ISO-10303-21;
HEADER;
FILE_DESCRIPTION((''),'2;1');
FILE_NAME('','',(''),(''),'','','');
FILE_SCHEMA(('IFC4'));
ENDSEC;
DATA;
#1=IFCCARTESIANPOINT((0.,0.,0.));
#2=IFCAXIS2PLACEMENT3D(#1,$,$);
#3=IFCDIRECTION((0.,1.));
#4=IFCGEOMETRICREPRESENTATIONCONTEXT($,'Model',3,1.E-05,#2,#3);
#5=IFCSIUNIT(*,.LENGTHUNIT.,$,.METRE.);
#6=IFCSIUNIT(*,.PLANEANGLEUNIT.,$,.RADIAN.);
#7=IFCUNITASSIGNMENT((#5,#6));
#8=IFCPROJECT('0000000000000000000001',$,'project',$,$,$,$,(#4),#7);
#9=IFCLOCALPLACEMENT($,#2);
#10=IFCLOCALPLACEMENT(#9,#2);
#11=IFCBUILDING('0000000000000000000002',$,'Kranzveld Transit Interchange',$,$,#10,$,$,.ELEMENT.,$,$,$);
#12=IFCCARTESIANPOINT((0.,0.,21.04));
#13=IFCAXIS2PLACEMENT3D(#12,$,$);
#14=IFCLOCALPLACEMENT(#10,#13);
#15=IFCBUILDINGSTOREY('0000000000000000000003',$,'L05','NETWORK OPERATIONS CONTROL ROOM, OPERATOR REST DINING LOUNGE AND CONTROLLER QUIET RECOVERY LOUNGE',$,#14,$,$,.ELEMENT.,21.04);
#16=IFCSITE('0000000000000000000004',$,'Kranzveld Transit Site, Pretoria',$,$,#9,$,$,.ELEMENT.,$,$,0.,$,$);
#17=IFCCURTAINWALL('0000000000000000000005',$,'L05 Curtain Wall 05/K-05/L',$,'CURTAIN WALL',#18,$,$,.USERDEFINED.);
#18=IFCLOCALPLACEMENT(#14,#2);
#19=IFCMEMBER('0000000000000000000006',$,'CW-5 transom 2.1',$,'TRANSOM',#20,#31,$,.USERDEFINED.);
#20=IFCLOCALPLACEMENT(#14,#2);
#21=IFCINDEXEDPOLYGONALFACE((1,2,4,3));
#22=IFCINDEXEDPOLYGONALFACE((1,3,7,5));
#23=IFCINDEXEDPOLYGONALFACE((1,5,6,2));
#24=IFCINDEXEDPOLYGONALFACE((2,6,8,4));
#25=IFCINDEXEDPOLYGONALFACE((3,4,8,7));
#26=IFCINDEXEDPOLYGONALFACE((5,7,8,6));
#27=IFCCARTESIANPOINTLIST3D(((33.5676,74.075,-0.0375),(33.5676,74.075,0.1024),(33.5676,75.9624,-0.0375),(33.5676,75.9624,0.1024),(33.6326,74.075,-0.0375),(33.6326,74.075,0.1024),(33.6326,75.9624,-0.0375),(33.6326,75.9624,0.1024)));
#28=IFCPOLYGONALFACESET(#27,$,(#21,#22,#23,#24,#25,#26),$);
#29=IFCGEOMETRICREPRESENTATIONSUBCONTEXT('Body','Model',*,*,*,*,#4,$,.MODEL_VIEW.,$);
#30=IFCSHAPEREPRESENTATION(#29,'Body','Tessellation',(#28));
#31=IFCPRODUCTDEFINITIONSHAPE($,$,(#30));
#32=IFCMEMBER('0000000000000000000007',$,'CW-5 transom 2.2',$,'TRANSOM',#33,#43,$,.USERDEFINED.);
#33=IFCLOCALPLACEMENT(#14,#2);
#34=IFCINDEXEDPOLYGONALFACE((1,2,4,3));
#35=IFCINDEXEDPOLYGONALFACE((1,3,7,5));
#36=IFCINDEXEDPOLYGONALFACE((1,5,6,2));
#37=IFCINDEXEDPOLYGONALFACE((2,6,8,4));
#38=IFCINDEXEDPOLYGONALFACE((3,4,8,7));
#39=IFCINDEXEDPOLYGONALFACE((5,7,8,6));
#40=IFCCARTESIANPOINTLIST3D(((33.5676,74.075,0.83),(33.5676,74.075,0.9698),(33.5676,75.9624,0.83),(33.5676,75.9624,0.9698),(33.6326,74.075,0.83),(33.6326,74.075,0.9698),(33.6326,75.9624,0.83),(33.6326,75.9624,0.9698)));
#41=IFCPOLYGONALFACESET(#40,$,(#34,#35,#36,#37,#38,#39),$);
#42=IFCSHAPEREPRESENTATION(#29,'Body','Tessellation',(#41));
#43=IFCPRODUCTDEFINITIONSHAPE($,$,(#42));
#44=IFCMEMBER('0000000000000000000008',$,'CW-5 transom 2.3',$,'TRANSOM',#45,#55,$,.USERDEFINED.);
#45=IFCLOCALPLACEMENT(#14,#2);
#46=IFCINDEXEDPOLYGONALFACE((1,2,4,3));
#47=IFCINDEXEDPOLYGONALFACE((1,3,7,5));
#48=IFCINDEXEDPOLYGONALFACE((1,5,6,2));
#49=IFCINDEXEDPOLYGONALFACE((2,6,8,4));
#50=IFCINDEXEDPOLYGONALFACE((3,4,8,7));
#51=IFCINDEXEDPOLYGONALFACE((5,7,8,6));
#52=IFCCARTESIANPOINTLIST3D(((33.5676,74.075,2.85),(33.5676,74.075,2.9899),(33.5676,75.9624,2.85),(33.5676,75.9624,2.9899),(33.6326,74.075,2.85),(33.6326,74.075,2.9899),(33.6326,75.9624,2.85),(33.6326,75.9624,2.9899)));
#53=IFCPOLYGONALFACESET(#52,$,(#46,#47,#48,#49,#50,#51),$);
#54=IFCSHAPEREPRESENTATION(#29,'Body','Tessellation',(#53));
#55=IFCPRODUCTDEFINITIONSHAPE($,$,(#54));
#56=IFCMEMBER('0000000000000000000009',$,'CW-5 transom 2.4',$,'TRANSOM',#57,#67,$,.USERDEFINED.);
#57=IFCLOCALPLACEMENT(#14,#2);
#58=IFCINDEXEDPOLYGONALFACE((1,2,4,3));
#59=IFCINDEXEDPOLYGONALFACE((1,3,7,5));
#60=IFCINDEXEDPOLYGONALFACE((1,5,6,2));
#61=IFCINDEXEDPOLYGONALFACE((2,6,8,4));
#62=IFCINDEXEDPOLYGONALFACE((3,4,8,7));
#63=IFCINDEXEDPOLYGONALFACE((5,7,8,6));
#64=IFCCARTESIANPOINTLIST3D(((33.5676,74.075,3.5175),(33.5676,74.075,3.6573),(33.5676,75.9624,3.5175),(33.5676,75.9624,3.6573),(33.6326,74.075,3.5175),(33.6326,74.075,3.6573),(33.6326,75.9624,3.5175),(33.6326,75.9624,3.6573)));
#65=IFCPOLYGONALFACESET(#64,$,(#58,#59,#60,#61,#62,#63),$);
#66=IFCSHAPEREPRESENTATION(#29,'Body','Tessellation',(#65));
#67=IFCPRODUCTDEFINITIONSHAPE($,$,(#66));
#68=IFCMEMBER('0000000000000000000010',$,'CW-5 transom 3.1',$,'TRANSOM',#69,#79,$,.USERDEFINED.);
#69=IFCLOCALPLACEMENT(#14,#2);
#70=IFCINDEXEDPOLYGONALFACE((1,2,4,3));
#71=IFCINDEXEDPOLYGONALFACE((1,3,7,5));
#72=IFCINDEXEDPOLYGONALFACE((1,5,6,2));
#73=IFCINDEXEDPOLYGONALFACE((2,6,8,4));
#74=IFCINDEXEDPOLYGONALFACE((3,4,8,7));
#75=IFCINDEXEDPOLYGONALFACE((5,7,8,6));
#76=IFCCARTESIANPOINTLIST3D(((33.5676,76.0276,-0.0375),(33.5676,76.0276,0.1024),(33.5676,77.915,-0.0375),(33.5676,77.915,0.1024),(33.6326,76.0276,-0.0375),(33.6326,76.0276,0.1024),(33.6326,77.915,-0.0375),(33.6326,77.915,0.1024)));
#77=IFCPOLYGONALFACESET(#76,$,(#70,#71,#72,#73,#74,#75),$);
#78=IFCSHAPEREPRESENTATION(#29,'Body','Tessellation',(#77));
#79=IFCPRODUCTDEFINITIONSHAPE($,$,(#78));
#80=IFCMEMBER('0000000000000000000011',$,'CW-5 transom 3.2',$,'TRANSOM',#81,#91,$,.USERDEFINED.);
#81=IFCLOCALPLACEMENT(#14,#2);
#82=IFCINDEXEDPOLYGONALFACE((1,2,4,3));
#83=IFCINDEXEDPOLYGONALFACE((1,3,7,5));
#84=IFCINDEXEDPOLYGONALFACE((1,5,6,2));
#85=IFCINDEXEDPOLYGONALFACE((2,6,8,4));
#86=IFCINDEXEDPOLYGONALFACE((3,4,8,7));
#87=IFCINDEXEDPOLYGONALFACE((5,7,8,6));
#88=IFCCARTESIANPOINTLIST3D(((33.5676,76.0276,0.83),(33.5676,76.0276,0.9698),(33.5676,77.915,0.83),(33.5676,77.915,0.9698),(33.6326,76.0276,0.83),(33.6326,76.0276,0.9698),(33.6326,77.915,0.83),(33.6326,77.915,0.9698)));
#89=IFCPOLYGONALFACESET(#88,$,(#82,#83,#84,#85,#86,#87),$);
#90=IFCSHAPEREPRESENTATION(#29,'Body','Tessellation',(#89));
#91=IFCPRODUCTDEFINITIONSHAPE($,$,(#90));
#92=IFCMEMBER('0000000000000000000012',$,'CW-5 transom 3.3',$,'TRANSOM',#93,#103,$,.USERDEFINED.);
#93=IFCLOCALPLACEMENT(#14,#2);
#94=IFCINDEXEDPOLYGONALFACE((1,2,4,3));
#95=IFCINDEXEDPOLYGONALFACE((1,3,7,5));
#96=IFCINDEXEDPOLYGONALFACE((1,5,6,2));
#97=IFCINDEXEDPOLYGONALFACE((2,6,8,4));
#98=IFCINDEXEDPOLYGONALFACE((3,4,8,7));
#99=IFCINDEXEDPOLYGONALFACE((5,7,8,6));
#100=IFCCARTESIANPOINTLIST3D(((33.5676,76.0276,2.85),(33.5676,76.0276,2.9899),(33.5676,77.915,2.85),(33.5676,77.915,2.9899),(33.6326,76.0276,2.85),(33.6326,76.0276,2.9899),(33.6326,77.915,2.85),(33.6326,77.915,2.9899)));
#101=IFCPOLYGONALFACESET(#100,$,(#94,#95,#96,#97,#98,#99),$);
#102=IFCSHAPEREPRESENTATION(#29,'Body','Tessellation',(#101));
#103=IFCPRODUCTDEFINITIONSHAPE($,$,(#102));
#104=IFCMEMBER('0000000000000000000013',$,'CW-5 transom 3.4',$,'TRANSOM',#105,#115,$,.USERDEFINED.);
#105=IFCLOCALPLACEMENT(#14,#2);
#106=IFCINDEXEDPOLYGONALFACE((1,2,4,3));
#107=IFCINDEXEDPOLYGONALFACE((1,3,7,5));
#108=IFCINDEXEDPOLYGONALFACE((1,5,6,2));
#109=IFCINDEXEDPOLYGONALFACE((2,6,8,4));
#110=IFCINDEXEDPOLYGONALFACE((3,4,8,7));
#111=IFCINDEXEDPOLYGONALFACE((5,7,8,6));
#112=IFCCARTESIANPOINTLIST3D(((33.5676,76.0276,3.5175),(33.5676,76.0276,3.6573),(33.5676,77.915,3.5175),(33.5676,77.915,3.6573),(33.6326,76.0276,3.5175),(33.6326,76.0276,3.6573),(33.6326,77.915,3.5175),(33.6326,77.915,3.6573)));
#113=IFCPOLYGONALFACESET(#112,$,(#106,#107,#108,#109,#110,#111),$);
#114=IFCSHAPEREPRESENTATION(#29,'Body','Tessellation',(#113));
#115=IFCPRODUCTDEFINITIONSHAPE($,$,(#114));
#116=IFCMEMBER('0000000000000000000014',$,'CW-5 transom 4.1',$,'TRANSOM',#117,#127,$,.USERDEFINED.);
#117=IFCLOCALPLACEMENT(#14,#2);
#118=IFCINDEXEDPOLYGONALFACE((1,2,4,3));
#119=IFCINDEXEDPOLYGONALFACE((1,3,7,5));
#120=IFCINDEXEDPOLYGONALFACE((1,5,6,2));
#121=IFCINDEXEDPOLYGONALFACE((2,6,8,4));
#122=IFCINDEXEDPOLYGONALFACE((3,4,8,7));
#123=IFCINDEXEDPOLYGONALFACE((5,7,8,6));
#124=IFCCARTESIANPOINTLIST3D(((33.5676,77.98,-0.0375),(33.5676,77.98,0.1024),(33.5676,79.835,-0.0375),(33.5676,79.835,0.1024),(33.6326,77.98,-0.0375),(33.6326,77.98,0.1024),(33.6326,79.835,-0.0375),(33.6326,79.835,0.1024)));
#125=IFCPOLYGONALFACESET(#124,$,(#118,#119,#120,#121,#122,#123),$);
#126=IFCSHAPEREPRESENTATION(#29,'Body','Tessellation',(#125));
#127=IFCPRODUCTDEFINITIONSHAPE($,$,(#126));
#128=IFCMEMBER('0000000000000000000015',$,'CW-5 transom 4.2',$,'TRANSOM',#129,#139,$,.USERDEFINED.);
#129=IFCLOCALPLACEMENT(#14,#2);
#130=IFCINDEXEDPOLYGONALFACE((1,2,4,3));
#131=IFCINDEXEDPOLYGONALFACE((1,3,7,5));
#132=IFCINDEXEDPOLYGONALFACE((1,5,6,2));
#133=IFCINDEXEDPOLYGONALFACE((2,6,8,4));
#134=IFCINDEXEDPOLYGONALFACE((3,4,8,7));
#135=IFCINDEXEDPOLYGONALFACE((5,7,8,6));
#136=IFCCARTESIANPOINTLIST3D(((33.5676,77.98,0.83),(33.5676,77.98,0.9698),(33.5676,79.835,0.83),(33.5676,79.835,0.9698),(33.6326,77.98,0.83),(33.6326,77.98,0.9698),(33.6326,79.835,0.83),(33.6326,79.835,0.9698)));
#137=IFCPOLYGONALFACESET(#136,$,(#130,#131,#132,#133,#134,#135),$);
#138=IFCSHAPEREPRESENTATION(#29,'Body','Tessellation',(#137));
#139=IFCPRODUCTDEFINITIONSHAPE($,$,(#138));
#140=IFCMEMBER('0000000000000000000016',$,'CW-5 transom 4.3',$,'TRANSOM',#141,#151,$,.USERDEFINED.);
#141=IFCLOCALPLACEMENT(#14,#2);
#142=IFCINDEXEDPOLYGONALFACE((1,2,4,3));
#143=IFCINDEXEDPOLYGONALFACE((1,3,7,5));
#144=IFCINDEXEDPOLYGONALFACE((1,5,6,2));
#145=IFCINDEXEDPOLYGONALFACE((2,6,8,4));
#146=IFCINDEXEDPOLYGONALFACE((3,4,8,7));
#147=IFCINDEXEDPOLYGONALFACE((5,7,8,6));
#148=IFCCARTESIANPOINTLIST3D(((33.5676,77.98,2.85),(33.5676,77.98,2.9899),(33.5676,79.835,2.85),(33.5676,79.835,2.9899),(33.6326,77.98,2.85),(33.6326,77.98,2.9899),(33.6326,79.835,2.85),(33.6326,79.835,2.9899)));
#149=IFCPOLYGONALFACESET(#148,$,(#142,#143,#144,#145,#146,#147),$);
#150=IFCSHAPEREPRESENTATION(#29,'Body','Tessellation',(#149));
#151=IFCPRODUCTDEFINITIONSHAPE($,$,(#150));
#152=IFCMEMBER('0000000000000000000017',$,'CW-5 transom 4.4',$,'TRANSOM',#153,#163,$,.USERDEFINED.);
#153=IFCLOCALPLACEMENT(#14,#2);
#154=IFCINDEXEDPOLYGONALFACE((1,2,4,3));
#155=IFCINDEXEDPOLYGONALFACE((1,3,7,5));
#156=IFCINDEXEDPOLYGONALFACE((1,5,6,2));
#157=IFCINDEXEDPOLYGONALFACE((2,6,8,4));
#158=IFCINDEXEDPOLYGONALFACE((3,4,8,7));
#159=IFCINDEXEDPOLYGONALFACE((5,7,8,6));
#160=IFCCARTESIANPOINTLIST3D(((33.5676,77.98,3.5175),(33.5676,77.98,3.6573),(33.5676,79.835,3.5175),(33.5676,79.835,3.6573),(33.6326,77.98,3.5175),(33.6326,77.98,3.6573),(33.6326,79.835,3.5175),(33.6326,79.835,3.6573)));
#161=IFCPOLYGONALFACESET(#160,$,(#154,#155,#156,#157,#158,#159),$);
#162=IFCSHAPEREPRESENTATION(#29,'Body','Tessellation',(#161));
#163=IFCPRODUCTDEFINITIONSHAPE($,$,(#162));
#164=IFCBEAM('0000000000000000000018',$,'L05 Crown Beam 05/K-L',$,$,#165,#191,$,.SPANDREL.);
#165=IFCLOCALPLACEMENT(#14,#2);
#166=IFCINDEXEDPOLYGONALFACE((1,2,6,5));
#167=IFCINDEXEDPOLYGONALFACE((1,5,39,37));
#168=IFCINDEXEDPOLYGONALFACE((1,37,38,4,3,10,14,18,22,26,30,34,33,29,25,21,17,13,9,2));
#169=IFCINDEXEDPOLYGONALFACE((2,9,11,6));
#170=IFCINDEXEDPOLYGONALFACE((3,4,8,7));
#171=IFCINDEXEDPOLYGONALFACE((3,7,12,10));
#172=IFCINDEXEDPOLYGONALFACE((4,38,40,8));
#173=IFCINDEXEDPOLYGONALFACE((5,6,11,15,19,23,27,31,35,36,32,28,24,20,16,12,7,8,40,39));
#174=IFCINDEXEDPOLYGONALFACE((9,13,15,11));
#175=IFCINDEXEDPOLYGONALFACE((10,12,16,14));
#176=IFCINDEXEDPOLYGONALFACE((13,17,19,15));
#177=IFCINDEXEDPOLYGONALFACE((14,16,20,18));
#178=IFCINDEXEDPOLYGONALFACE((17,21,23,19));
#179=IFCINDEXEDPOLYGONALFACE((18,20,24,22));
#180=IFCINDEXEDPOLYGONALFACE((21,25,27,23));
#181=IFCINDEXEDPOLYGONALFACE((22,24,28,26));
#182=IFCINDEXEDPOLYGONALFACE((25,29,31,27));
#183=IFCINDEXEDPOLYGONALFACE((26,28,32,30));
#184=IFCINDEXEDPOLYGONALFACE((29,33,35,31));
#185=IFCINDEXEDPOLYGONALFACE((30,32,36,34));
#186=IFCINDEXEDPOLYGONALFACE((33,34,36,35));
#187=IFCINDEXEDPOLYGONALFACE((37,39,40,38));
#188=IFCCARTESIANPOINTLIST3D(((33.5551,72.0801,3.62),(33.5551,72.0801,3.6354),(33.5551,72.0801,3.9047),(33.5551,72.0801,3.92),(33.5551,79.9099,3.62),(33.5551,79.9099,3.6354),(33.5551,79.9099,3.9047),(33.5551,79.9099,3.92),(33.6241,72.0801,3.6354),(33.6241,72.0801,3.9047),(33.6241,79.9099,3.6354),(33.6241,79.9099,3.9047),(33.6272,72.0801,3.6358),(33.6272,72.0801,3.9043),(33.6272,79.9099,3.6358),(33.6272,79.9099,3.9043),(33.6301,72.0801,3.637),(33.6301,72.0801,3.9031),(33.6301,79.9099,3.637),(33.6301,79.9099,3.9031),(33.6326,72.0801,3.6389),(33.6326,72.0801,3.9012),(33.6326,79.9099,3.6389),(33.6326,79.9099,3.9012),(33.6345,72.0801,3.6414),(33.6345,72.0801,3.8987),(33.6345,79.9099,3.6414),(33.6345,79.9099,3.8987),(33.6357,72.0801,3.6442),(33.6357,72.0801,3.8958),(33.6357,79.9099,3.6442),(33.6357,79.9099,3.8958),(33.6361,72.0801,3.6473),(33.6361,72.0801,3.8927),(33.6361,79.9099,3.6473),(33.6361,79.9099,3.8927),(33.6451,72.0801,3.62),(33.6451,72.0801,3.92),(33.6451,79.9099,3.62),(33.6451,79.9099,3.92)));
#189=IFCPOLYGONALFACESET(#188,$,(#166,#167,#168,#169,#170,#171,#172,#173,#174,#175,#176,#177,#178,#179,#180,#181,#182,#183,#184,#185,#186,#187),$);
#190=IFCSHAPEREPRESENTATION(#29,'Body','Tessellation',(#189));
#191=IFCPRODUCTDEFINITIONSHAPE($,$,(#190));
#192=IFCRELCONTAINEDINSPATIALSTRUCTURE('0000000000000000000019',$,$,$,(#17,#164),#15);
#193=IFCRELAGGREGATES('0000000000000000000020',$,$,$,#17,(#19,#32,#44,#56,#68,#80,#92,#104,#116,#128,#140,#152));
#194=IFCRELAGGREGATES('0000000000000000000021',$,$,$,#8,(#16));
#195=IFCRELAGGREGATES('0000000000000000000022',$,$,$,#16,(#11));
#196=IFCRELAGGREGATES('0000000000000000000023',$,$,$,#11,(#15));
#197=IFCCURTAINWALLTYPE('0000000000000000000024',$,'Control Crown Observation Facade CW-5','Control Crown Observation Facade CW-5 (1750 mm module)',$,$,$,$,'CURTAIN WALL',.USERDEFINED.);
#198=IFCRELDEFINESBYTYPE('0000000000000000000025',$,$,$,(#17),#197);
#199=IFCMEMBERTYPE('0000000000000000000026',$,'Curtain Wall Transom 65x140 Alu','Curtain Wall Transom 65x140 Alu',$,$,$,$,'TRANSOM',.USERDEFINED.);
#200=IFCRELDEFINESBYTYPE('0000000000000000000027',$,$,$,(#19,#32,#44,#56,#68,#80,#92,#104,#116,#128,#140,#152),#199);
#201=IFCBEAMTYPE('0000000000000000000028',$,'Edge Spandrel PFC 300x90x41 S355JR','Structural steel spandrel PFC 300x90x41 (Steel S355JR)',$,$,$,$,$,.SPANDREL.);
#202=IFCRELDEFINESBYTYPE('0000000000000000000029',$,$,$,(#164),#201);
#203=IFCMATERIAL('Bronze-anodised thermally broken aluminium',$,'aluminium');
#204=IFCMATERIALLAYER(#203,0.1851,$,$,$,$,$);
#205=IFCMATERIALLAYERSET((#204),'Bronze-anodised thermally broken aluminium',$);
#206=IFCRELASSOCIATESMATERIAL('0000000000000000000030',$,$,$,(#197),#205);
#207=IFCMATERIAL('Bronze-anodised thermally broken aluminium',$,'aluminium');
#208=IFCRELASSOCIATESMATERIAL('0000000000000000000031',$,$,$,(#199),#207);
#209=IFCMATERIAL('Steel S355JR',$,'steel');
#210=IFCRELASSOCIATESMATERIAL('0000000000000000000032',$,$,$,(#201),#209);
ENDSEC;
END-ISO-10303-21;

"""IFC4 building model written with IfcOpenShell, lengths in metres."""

from ifc_helpers import new_model, si_unit, direction, frame, origin, origin_2d, place, context, subcontext, project, spatial, rectangle, u_section, extrude, material, layer, layer_set, material_profile, profile_set, type_object, element, aggregate, save


model = new_model("IFC4")

# Units and contexts
model_context = context("Model", 3, precision=1e-05, world=origin(), true_north=direction((0.0, 1.0)))
body_context = subcontext(model_context, "Body", "Model", "MODEL_VIEW")
ifc_project = project(units=[si_unit("LENGTHUNIT", "METRE"), si_unit("PLANEANGLEUNIT", "RADIAN")], contexts=[model_context])

# Site, building, storey
site_placement = place(None, origin())
site = spatial("IfcSite", under=ifc_project, at=site_placement, Name="Kranzveld Transit Site, Pretoria", CompositionType="ELEMENT", RefElevation=0.0)
building_placement = place(site_placement, origin())
building = spatial("IfcBuilding", under=site, at=building_placement, Name="Kranzveld Transit Interchange", CompositionType="ELEMENT")
storey_placement = place(building_placement, frame((0.0, 0.0, 21.04)))
storey = spatial("IfcBuildingStorey", under=building, at=storey_placement, Name="L05", Description="NETWORK OPERATIONS CONTROL ROOM, OPERATOR REST DINING LOUNGE AND CONTROLLER QUIET RECOVERY LOUNGE", CompositionType="ELEMENT", Elevation=21.04)

# Shared definitions
ifc_material_1 = material(Name="Bronze-anodised thermally broken aluminium", Category="aluminium")
ifc_layer_1 = layer(ifc_material_1, 0.1851)
ifc_layer_set_1 = layer_set([ifc_layer_1], Name="Bronze-anodised thermally broken aluminium")
curtain_wall_type = type_object("IfcCurtainWallType", Name="Control Crown Observation Facade CW-5", Description="Control Crown Observation Facade CW-5 (1750 mm module)", ElementType="CURTAIN WALL", PredefinedType="USERDEFINED", material=ifc_layer_set_1)

# Curtain wall, members
curtain_wall_1_placement = place(storey_placement, origin())
curtain_wall_1 = element("IfcCurtainWall", 1, at=curtain_wall_1_placement, inside=storey, type_object=curtain_wall_type, Name="L05 Curtain Wall 05/K-05/L", ObjectType="CURTAIN WALL", PredefinedType="USERDEFINED")
ifc_material_2 = material(Name="Bronze-anodised thermally broken aluminium", Category="aluminium")
ifc_material_profile_1 = material_profile(ifc_material_2, rectangle(XDim=0.0649, YDim=0.1399, at=origin_2d()), Name="ALU TRANSOM 65x140")
ifc_profile_set_1 = profile_set([ifc_material_profile_1], Name="Bronze-anodised thermally broken aluminium")
member_type_1 = type_object("IfcMemberType", Name="Curtain Wall Transom 65x140 Alu", Description="Curtain Wall Transom 65x140 Alu", ElementType="TRANSOM", PredefinedType="USERDEFINED", material=ifc_profile_set_1)
member_1_placement = place(storey_placement, frame((33.6001, 74.075, 0.0325), z_axis=(0.0, 1.0, 0.0), x_axis=(-1.0, 0.0, 0.0)))
member_1 = element("IfcMember", 2, at=member_1_placement, type_object=member_type_1, Name="CW-5 transom 2.1", ObjectType="TRANSOM", PredefinedType="USERDEFINED", context=body_context, shape_type="SweptSolid", body=[
    extrude(rectangle(XDim=0.0649, YDim=0.1399, at=origin_2d()), origin(), (0.0, 0.0, 1.0), 1.8875),
])
member_2_placement = place(storey_placement, frame((33.6001, 74.075, 0.8999), z_axis=(0.0, 1.0, 0.0), x_axis=(-1.0, 0.0, 0.0)))
member_2 = element("IfcMember", 3, at=member_2_placement, type_object=member_type_1, Name="CW-5 transom 2.2", ObjectType="TRANSOM", PredefinedType="USERDEFINED", context=body_context, shape_type="SweptSolid", body=[
    extrude(rectangle(XDim=0.0649, YDim=0.1399, at=origin_2d()), origin(), (0.0, 0.0, 1.0), 1.8875),
])
member_3_placement = place(storey_placement, frame((33.6001, 74.075, 2.9199), z_axis=(0.0, 1.0, 0.0), x_axis=(-1.0, 0.0, 0.0)))
member_3 = element("IfcMember", 4, at=member_3_placement, type_object=member_type_1, Name="CW-5 transom 2.3", ObjectType="TRANSOM", PredefinedType="USERDEFINED", context=body_context, shape_type="SweptSolid", body=[
    extrude(rectangle(XDim=0.0649, YDim=0.1399, at=origin_2d()), origin(), (0.0, 0.0, 1.0), 1.8875),
])
member_4_placement = place(storey_placement, frame((33.6001, 74.075, 3.5874), z_axis=(0.0, 1.0, 0.0), x_axis=(-1.0, 0.0, 0.0)))
member_4 = element("IfcMember", 5, at=member_4_placement, type_object=member_type_1, Name="CW-5 transom 2.4", ObjectType="TRANSOM", PredefinedType="USERDEFINED", context=body_context, shape_type="SweptSolid", body=[
    extrude(rectangle(XDim=0.0649, YDim=0.1399, at=origin_2d()), origin(), (0.0, 0.0, 1.0), 1.8875),
])
member_5_placement = place(storey_placement, frame((33.6001, 76.0276, 0.0325), z_axis=(0.0, 1.0, 0.0), x_axis=(-1.0, 0.0, 0.0)))
member_5 = element("IfcMember", 6, at=member_5_placement, type_object=member_type_1, Name="CW-5 transom 3.1", ObjectType="TRANSOM", PredefinedType="USERDEFINED", context=body_context, shape_type="SweptSolid", body=[
    extrude(rectangle(XDim=0.0649, YDim=0.1399, at=origin_2d()), origin(), (0.0, 0.0, 1.0), 1.8875),
])
member_6_placement = place(storey_placement, frame((33.6001, 76.0276, 0.8999), z_axis=(0.0, 1.0, 0.0), x_axis=(-1.0, 0.0, 0.0)))
member_6 = element("IfcMember", 7, at=member_6_placement, type_object=member_type_1, Name="CW-5 transom 3.2", ObjectType="TRANSOM", PredefinedType="USERDEFINED", context=body_context, shape_type="SweptSolid", body=[
    extrude(rectangle(XDim=0.0649, YDim=0.1399, at=origin_2d()), origin(), (0.0, 0.0, 1.0), 1.8875),
])
member_7_placement = place(storey_placement, frame((33.6001, 76.0276, 2.9199), z_axis=(0.0, 1.0, 0.0), x_axis=(-1.0, 0.0, 0.0)))
member_7 = element("IfcMember", 8, at=member_7_placement, type_object=member_type_1, Name="CW-5 transom 3.3", ObjectType="TRANSOM", PredefinedType="USERDEFINED", context=body_context, shape_type="SweptSolid", body=[
    extrude(rectangle(XDim=0.0649, YDim=0.1399, at=origin_2d()), origin(), (0.0, 0.0, 1.0), 1.8875),
])
member_8_placement = place(storey_placement, frame((33.6001, 76.0276, 3.5874), z_axis=(0.0, 1.0, 0.0), x_axis=(-1.0, 0.0, 0.0)))
member_8 = element("IfcMember", 9, at=member_8_placement, type_object=member_type_1, Name="CW-5 transom 3.4", ObjectType="TRANSOM", PredefinedType="USERDEFINED", context=body_context, shape_type="SweptSolid", body=[
    extrude(rectangle(XDim=0.0649, YDim=0.1399, at=origin_2d()), origin(), (0.0, 0.0, 1.0), 1.8875),
])
member_9_placement = place(storey_placement, frame((33.6001, 77.98, 0.0325), z_axis=(0.0, 1.0, 0.0), x_axis=(-1.0, 0.0, 0.0)))
member_9 = element("IfcMember", 10, at=member_9_placement, type_object=member_type_1, Name="CW-5 transom 4.1", ObjectType="TRANSOM", PredefinedType="USERDEFINED", context=body_context, shape_type="SweptSolid", body=[
    extrude(rectangle(XDim=0.0649, YDim=0.1399, at=origin_2d()), origin(), (0.0, 0.0, 1.0), 1.855),
])
member_10_placement = place(storey_placement, frame((33.6001, 77.98, 0.8999), z_axis=(0.0, 1.0, 0.0), x_axis=(-1.0, 0.0, 0.0)))
member_10 = element("IfcMember", 11, at=member_10_placement, type_object=member_type_1, Name="CW-5 transom 4.2", ObjectType="TRANSOM", PredefinedType="USERDEFINED", context=body_context, shape_type="SweptSolid", body=[
    extrude(rectangle(XDim=0.0649, YDim=0.1399, at=origin_2d()), origin(), (0.0, 0.0, 1.0), 1.855),
])
member_11_placement = place(storey_placement, frame((33.6001, 77.98, 2.9199), z_axis=(0.0, 1.0, 0.0), x_axis=(-1.0, 0.0, 0.0)))
member_11 = element("IfcMember", 12, at=member_11_placement, type_object=member_type_1, Name="CW-5 transom 4.3", ObjectType="TRANSOM", PredefinedType="USERDEFINED", context=body_context, shape_type="SweptSolid", body=[
    extrude(rectangle(XDim=0.0649, YDim=0.1399, at=origin_2d()), origin(), (0.0, 0.0, 1.0), 1.855),
])
member_12_placement = place(storey_placement, frame((33.6001, 77.98, 3.5874), z_axis=(0.0, 1.0, 0.0), x_axis=(-1.0, 0.0, 0.0)))
member_12 = element("IfcMember", 13, at=member_12_placement, type_object=member_type_1, Name="CW-5 transom 4.4", ObjectType="TRANSOM", PredefinedType="USERDEFINED", context=body_context, shape_type="SweptSolid", body=[
    extrude(rectangle(XDim=0.0649, YDim=0.1399, at=origin_2d()), origin(), (0.0, 0.0, 1.0), 1.855),
])

# Beam
ifc_material_3 = material(Name="Steel S355JR", Category="steel")
ifc_material_profile_2 = material_profile(ifc_material_3, u_section(Depth=0.3, FlangeWidth=0.0901, WebThickness=0.009, FlangeThickness=0.0154, FilletRadius=0.012, at=origin_2d()), Name="PFC 300x90x41")
ifc_profile_set_2 = profile_set([ifc_material_profile_2], Name="Steel S355JR")
beam_type_1 = type_object("IfcBeamType", Name="Edge Spandrel PFC 300x90x41 S355JR", Description="Structural steel spandrel PFC 300x90x41 (Steel S355JR)", PredefinedType="SPANDREL", material=ifc_profile_set_2)
beam_1_placement = place(storey_placement, frame((33.6001, 72.0801, 3.77), z_axis=(0.0, 1.0, 0.0), x_axis=(-1.0, 0.0, 0.0)))
element("IfcBeam", 14, at=beam_1_placement, inside=storey, type_object=beam_type_1, Name="L05 Crown Beam 05/K-L", PredefinedType="SPANDREL", context=body_context, shape_type="SweptSolid", body=[
    extrude(u_section(Depth=0.3, FlangeWidth=0.0901, WebThickness=0.009, FlangeThickness=0.0154, FilletRadius=0.012, at=origin_2d()), origin(), (0.0, 0.0, 1.0), 7.8298),
])

aggregate(curtain_wall_1, [member_1, member_2, member_3, member_4, member_5, member_6, member_7, member_8, member_9, member_10, member_11, member_12])

save(model, "model.ifc")
